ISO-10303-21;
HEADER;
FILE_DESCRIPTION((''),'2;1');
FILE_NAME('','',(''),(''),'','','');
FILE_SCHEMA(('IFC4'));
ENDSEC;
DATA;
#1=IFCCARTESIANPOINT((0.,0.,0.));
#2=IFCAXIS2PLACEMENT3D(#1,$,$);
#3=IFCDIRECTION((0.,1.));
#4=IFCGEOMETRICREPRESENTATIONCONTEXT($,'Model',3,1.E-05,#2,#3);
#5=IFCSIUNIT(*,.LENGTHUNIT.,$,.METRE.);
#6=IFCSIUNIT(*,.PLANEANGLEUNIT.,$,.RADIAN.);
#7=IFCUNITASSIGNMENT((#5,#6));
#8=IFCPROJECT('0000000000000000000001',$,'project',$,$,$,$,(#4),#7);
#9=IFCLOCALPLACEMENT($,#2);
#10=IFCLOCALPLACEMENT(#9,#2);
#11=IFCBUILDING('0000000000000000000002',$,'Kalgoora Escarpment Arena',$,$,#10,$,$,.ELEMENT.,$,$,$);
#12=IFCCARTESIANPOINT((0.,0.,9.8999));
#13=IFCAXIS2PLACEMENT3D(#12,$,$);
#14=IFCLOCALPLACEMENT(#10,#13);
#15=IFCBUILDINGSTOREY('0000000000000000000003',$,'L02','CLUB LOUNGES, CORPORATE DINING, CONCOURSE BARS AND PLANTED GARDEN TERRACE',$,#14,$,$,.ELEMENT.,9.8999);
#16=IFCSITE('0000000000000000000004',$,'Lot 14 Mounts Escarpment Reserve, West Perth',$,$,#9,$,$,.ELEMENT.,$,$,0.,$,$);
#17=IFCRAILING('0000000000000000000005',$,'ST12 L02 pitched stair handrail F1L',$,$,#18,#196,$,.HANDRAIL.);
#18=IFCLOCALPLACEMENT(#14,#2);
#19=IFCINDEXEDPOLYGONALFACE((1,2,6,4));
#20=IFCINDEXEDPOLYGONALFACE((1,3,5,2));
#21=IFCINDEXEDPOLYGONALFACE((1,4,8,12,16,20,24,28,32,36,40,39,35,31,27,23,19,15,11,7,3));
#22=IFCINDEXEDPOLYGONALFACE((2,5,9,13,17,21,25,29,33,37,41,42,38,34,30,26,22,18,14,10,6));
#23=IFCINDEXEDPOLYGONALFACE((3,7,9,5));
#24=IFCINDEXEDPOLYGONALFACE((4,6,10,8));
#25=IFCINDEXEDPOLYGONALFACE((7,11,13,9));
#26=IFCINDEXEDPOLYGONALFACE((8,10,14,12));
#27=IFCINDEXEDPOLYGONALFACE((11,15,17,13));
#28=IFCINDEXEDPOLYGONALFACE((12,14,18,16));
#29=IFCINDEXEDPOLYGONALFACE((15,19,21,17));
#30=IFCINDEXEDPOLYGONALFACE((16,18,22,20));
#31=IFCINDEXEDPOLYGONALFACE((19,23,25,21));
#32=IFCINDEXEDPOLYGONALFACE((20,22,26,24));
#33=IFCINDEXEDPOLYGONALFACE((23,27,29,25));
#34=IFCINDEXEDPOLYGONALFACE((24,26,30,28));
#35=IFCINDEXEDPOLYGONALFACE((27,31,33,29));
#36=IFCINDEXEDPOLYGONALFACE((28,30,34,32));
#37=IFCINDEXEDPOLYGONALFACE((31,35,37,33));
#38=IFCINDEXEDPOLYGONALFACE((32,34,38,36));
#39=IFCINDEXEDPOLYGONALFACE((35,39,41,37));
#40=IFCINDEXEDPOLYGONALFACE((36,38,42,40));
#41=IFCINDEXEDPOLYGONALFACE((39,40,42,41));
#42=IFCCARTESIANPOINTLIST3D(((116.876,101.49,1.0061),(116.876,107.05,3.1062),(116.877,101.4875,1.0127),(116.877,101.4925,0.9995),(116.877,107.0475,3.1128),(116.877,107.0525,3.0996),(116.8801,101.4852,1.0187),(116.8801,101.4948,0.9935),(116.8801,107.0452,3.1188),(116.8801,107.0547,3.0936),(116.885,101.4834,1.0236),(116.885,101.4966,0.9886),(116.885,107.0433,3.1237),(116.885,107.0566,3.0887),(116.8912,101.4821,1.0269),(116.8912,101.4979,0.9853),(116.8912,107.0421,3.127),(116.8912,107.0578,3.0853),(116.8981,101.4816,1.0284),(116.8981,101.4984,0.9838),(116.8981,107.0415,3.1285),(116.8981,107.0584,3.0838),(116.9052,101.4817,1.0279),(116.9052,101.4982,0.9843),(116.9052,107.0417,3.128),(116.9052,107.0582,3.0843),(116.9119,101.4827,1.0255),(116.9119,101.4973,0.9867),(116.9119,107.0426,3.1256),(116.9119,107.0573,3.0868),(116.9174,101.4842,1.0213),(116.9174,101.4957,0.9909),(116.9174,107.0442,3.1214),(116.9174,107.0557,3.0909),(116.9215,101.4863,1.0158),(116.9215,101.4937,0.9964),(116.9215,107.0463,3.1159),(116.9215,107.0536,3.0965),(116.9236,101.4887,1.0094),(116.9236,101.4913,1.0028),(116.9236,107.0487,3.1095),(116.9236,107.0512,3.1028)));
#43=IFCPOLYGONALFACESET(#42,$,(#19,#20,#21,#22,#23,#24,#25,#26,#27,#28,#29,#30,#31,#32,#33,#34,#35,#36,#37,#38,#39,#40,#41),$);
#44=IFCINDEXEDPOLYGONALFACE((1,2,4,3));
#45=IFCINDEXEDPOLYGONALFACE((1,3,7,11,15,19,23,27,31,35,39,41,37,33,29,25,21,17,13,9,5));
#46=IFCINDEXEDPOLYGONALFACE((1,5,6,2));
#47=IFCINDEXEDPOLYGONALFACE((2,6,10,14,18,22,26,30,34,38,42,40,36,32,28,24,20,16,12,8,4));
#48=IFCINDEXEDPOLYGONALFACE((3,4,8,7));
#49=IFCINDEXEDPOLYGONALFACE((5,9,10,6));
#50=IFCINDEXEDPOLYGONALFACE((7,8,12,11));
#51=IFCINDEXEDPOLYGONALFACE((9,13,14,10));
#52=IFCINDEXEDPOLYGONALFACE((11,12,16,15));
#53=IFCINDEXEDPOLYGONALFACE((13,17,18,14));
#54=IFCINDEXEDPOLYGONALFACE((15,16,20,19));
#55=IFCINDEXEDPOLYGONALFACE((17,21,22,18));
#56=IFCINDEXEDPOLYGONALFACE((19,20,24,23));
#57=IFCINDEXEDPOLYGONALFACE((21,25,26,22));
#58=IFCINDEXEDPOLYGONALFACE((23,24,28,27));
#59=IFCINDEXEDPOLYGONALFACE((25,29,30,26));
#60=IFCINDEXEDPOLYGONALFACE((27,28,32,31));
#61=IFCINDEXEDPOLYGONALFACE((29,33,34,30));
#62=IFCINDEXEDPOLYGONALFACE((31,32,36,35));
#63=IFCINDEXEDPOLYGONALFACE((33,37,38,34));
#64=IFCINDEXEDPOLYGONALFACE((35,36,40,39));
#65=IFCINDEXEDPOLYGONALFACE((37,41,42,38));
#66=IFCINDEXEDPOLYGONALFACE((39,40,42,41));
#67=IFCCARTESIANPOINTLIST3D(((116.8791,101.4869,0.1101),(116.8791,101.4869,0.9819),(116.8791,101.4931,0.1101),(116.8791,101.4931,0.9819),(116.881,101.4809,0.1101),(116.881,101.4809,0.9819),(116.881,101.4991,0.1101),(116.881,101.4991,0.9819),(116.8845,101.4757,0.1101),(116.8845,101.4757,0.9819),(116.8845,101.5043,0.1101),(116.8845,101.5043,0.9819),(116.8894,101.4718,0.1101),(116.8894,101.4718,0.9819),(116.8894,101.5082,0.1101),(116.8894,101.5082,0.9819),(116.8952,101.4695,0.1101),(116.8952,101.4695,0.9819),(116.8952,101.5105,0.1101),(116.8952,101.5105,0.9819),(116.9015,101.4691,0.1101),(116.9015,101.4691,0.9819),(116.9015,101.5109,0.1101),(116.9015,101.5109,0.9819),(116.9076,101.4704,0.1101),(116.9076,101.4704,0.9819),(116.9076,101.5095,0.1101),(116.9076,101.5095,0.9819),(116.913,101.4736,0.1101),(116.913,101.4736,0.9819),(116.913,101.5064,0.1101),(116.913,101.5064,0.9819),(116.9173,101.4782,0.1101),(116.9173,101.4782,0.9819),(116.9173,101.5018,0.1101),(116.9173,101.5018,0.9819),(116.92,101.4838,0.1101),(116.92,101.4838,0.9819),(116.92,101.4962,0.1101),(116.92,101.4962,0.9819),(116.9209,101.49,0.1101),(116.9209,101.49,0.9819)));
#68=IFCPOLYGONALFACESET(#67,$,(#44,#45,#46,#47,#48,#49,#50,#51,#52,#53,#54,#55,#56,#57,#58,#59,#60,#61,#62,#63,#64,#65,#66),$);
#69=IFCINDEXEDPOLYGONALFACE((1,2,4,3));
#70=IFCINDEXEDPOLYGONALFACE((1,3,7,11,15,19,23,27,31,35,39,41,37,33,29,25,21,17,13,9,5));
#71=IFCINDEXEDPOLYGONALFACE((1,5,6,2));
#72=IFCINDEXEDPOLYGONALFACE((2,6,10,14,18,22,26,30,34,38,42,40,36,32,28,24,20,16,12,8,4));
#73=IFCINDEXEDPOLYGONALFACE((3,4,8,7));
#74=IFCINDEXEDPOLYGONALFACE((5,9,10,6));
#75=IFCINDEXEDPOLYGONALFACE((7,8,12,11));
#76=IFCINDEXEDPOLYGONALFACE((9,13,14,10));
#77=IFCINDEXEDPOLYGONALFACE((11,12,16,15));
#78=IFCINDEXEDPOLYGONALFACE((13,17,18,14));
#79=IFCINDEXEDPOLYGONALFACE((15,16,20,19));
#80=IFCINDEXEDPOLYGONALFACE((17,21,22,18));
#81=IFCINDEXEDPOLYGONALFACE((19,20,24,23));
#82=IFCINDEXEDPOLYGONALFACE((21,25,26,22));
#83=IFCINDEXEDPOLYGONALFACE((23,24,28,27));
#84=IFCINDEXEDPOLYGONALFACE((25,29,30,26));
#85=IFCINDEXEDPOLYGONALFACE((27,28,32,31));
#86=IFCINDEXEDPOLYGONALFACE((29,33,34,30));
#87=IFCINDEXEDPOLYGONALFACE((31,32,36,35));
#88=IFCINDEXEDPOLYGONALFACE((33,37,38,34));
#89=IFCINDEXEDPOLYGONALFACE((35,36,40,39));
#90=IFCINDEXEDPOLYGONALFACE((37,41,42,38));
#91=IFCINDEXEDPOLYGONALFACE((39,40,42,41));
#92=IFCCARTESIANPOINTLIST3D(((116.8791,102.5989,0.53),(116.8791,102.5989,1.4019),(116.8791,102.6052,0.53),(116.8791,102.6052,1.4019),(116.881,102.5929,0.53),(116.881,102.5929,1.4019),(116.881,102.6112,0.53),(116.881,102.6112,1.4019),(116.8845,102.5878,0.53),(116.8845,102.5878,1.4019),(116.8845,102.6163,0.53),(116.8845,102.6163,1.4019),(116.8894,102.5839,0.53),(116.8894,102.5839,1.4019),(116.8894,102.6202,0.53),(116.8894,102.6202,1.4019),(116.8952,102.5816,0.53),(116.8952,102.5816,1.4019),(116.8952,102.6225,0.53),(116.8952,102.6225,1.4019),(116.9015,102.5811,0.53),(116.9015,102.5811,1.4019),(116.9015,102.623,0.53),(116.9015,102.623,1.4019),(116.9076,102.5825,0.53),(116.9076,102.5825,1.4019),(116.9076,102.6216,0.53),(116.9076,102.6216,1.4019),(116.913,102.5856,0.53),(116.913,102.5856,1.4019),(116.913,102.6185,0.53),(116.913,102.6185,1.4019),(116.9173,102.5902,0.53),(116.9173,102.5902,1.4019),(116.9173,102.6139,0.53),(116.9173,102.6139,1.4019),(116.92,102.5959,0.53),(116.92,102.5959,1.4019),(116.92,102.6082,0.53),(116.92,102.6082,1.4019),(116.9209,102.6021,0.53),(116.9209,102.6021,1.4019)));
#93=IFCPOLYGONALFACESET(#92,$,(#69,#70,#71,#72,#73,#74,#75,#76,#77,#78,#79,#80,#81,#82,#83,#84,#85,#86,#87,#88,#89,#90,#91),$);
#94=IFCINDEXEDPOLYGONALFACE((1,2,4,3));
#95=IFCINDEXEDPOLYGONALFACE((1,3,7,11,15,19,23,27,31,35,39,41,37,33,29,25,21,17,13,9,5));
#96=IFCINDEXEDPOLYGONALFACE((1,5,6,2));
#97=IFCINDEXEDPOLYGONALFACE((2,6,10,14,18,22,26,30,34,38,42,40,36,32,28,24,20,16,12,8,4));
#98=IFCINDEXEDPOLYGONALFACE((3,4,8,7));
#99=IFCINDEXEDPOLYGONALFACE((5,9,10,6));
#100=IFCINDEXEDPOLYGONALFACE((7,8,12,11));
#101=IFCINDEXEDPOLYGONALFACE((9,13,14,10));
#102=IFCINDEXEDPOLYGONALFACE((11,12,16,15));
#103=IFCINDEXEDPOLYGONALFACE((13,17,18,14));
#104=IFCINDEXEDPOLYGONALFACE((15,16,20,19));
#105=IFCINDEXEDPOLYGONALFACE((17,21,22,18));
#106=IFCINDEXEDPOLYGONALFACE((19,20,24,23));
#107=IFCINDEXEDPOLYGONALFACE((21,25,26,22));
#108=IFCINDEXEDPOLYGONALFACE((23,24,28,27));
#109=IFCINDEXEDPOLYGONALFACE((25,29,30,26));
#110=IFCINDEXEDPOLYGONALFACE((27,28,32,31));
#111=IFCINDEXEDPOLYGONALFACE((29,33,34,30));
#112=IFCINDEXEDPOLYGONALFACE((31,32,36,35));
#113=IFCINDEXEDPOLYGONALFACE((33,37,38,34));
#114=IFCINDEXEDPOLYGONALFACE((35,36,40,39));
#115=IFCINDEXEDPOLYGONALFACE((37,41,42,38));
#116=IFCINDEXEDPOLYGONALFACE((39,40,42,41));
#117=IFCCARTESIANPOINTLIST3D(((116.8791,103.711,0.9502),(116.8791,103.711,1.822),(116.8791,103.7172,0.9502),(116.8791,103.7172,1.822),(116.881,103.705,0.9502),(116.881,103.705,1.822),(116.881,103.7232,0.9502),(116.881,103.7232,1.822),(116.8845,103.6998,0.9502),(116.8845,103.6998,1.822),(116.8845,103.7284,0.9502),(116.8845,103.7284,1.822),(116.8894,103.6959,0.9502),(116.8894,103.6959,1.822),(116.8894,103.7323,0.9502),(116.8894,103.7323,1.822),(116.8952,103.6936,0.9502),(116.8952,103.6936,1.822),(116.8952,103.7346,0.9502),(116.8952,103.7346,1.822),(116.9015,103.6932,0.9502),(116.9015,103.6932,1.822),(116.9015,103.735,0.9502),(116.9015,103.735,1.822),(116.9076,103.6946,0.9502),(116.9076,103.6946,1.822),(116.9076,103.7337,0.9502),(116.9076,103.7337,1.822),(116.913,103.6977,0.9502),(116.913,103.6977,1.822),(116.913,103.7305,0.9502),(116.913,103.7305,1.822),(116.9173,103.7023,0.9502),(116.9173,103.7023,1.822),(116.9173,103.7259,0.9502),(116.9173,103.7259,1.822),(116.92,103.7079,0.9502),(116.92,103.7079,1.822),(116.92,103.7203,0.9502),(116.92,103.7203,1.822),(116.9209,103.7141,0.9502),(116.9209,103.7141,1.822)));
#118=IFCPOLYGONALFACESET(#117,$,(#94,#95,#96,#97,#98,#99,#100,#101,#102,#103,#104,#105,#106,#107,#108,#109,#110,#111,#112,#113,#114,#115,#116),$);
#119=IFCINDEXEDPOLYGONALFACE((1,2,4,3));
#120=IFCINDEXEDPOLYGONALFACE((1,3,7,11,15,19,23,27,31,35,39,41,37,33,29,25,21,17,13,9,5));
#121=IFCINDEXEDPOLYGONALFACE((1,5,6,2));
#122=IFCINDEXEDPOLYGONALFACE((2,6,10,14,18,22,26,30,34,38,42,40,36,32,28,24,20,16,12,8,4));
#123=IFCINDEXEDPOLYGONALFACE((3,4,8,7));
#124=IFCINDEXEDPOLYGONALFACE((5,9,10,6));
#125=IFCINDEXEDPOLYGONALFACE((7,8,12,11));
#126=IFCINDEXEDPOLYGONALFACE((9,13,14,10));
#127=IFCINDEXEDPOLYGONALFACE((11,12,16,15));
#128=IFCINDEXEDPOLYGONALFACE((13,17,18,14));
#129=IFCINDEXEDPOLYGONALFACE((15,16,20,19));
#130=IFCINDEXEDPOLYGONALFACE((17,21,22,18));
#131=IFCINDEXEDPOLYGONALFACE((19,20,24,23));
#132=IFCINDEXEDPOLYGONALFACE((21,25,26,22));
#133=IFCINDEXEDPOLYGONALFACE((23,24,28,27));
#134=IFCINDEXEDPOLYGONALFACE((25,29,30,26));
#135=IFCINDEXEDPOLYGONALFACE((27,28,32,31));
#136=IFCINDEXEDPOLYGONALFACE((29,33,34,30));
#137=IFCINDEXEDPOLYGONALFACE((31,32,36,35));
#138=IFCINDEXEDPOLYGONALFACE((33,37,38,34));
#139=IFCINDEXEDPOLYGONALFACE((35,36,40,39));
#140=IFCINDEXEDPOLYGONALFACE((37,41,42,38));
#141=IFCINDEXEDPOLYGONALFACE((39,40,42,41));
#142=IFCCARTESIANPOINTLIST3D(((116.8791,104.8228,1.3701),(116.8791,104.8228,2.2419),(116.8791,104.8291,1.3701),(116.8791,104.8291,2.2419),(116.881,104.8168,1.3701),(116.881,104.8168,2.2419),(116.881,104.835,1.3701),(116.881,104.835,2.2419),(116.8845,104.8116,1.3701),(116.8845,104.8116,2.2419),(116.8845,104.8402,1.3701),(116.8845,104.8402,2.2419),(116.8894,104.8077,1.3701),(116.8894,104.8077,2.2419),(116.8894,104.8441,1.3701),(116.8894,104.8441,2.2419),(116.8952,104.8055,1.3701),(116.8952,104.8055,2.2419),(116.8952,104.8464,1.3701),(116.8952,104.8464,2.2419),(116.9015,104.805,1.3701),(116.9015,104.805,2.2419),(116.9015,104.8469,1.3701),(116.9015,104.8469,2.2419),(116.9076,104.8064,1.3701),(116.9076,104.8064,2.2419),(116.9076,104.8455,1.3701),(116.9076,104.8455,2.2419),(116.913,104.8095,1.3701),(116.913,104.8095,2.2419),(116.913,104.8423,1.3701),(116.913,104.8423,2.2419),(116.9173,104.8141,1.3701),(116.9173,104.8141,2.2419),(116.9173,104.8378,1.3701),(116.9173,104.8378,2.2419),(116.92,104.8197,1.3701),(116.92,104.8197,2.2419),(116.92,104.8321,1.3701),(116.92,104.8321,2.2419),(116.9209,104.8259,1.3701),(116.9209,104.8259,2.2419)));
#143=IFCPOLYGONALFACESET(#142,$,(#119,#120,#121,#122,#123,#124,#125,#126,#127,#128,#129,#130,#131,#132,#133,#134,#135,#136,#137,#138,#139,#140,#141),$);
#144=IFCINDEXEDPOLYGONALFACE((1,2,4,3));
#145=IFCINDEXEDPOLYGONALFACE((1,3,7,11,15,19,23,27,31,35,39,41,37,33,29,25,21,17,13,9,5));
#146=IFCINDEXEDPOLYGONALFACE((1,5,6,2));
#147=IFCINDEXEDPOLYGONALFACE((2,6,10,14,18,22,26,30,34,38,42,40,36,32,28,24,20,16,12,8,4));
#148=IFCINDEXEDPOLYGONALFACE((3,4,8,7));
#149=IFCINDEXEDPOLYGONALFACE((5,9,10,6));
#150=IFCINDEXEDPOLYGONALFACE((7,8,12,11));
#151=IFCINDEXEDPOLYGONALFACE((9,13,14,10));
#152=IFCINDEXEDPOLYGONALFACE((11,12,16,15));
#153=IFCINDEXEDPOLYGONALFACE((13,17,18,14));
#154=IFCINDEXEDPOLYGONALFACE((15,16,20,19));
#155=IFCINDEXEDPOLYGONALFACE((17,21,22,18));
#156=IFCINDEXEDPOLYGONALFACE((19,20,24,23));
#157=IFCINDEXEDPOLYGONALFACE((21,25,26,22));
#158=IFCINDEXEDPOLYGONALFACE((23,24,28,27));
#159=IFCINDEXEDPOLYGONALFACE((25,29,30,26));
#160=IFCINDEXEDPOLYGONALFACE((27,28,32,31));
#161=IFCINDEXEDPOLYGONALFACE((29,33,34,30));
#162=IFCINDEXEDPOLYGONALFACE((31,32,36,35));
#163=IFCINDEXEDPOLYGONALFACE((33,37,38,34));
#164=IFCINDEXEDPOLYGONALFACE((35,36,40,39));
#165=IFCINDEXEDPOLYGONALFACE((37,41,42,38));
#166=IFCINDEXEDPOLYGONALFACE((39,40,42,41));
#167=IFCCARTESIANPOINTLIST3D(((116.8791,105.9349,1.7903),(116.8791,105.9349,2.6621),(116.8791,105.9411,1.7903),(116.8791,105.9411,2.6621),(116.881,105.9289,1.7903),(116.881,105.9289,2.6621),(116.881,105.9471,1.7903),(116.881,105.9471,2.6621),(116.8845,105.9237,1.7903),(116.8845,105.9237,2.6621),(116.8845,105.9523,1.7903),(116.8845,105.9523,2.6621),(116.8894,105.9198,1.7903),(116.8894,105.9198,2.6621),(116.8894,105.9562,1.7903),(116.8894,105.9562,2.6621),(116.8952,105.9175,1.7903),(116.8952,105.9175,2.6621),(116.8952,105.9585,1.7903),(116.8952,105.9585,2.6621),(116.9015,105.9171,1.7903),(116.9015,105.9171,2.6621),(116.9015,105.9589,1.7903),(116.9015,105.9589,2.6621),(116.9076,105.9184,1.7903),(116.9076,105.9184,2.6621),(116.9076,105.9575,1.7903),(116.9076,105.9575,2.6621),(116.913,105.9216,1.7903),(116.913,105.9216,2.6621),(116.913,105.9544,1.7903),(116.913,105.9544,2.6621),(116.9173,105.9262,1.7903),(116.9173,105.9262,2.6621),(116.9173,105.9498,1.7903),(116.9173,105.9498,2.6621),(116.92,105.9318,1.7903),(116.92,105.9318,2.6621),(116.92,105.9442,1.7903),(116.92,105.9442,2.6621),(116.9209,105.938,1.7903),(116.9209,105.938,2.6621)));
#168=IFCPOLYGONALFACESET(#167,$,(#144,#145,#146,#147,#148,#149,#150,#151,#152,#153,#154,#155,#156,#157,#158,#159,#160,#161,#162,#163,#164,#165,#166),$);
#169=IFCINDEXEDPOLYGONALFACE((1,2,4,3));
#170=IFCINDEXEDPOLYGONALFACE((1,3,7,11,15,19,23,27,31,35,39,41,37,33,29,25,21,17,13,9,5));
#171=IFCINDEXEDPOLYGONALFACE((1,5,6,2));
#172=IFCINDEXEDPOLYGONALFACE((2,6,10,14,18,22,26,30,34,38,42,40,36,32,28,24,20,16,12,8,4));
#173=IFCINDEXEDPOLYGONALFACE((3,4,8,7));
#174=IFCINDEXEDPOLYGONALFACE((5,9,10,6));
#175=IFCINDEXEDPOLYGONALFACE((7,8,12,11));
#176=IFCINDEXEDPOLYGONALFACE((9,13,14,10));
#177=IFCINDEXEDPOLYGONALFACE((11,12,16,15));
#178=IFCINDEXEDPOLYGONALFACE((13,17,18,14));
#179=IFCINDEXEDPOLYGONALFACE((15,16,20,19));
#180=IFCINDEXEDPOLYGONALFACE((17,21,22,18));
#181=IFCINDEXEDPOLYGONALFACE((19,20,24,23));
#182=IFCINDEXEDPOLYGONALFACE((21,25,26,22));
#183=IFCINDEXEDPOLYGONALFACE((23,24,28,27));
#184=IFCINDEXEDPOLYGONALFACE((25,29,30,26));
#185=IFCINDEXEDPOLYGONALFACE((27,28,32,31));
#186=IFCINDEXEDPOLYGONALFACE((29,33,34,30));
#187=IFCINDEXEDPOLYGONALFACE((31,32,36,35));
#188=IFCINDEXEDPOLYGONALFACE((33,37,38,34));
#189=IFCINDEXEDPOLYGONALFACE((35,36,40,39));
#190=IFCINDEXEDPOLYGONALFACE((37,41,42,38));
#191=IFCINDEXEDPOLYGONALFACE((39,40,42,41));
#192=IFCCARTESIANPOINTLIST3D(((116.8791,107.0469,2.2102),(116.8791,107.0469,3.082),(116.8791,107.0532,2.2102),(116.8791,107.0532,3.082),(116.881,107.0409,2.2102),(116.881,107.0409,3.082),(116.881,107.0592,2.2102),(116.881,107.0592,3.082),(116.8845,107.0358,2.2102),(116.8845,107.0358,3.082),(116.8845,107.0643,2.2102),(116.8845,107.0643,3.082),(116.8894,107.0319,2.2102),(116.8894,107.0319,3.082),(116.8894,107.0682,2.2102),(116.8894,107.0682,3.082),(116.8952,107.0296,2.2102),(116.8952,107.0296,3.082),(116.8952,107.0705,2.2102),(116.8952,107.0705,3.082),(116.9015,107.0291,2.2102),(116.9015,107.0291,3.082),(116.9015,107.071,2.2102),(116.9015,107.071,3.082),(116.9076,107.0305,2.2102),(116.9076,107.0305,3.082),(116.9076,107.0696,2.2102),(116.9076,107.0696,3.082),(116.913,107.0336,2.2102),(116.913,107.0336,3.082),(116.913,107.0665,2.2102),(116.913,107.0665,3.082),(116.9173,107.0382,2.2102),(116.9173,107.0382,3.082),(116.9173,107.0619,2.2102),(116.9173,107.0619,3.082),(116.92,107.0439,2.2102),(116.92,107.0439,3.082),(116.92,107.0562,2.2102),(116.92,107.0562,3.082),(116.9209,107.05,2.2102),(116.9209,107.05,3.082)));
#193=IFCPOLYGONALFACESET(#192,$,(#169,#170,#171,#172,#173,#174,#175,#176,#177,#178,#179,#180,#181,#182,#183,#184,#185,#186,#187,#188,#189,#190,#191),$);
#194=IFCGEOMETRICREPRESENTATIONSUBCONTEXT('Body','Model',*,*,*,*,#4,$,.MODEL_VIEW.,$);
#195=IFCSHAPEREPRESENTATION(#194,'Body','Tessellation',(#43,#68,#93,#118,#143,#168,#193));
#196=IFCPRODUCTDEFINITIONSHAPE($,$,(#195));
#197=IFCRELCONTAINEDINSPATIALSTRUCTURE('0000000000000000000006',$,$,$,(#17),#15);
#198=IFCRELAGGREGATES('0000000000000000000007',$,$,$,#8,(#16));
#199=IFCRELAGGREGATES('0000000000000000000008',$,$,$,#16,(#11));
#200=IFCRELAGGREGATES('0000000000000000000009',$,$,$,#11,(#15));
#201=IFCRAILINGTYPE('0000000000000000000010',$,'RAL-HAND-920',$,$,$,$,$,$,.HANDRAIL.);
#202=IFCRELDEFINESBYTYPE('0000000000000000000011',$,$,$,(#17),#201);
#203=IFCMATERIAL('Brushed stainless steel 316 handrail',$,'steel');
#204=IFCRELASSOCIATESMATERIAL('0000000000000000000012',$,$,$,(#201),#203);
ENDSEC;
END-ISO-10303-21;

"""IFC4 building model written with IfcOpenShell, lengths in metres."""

from ifc_helpers import new_model, si_unit, direction, frame, origin, origin_2d, place, context, subcontext, project, spatial, circle, extrude, material, type_object, element, save


model = new_model("IFC4")

# Units and contexts
model_context = context("Model", 3, precision=1e-05, world=origin(), true_north=direction((0.0, 1.0)))
body_context = subcontext(model_context, "Body", "Model", "MODEL_VIEW")
ifc_project = project(units=[si_unit("LENGTHUNIT", "METRE"), si_unit("PLANEANGLEUNIT", "RADIAN")], contexts=[model_context])

# Site, building, storey
site_placement = place(None, origin())
site = spatial("IfcSite", under=ifc_project, at=site_placement, Name="Lot 14 Mounts Escarpment Reserve, West Perth", CompositionType="ELEMENT", RefElevation=0.0)
building_placement = place(site_placement, origin())
building = spatial("IfcBuilding", under=site, at=building_placement, Name="Kalgoora Escarpment Arena", CompositionType="ELEMENT")
storey_placement = place(building_placement, frame((0.0, 0.0, 9.8999)))
storey = spatial("IfcBuildingStorey", under=building, at=storey_placement, Name="L02", Description="CLUB LOUNGES, CORPORATE DINING, CONCOURSE BARS AND PLANTED GARDEN TERRACE", CompositionType="ELEMENT", Elevation=9.8999)

# Railing
ifc_material_1 = material(Name="Brushed stainless steel 316 handrail", Category="steel")
railing_type_1 = type_object("IfcRailingType", Name="RAL-HAND-920", PredefinedType="HANDRAIL", material=ifc_material_1)
for number, where, name in (
    (1, (116.8999, 101.49, 0.1101), "ST12 L02 pitched stair handrail F1L"),
):
    element("IfcRailing", number, at=place(storey_placement, frame(where)), inside=storey, type_object=railing_type_1, Name=name, PredefinedType="HANDRAIL", context=body_context, shape_type="SweptSolid", body=[
        extrude(circle(Radius=0.0239, at=origin_2d()), frame((0.0, 0.0, 0.896), z_axis=(0.0, 0.935493, 0.353346), x_axis=(-1.0, 0.0, 0.0)), (0.0, 0.0, 1.0), 5.9434),
        extrude(circle(Radius=0.021, at=origin_2d()), origin(), (0.0, 0.0, 1.0), 0.8718),
        extrude(circle(Radius=0.021, at=origin_2d()), frame((0.0, 1.1121, 0.4199)), (0.0, 0.0, 1.0), 0.8718),
        extrude(circle(Radius=0.021, at=origin_2d()), frame((0.0, 2.2241, 0.8401)), (0.0, 0.0, 1.0), 0.8718),
        extrude(circle(Radius=0.021, at=origin_2d()), frame((0.0, 3.3359, 1.26)), (0.0, 0.0, 1.0), 0.8718),
        extrude(circle(Radius=0.021, at=origin_2d()), frame((0.0, 4.448, 1.6802)), (0.0, 0.0, 1.0), 0.8718),
        extrude(circle(Radius=0.021, at=origin_2d()), frame((0.0, 5.5601, 2.1001)), (0.0, 0.0, 1.0), 0.8718),
    ])

save(model, "model.ifc")
